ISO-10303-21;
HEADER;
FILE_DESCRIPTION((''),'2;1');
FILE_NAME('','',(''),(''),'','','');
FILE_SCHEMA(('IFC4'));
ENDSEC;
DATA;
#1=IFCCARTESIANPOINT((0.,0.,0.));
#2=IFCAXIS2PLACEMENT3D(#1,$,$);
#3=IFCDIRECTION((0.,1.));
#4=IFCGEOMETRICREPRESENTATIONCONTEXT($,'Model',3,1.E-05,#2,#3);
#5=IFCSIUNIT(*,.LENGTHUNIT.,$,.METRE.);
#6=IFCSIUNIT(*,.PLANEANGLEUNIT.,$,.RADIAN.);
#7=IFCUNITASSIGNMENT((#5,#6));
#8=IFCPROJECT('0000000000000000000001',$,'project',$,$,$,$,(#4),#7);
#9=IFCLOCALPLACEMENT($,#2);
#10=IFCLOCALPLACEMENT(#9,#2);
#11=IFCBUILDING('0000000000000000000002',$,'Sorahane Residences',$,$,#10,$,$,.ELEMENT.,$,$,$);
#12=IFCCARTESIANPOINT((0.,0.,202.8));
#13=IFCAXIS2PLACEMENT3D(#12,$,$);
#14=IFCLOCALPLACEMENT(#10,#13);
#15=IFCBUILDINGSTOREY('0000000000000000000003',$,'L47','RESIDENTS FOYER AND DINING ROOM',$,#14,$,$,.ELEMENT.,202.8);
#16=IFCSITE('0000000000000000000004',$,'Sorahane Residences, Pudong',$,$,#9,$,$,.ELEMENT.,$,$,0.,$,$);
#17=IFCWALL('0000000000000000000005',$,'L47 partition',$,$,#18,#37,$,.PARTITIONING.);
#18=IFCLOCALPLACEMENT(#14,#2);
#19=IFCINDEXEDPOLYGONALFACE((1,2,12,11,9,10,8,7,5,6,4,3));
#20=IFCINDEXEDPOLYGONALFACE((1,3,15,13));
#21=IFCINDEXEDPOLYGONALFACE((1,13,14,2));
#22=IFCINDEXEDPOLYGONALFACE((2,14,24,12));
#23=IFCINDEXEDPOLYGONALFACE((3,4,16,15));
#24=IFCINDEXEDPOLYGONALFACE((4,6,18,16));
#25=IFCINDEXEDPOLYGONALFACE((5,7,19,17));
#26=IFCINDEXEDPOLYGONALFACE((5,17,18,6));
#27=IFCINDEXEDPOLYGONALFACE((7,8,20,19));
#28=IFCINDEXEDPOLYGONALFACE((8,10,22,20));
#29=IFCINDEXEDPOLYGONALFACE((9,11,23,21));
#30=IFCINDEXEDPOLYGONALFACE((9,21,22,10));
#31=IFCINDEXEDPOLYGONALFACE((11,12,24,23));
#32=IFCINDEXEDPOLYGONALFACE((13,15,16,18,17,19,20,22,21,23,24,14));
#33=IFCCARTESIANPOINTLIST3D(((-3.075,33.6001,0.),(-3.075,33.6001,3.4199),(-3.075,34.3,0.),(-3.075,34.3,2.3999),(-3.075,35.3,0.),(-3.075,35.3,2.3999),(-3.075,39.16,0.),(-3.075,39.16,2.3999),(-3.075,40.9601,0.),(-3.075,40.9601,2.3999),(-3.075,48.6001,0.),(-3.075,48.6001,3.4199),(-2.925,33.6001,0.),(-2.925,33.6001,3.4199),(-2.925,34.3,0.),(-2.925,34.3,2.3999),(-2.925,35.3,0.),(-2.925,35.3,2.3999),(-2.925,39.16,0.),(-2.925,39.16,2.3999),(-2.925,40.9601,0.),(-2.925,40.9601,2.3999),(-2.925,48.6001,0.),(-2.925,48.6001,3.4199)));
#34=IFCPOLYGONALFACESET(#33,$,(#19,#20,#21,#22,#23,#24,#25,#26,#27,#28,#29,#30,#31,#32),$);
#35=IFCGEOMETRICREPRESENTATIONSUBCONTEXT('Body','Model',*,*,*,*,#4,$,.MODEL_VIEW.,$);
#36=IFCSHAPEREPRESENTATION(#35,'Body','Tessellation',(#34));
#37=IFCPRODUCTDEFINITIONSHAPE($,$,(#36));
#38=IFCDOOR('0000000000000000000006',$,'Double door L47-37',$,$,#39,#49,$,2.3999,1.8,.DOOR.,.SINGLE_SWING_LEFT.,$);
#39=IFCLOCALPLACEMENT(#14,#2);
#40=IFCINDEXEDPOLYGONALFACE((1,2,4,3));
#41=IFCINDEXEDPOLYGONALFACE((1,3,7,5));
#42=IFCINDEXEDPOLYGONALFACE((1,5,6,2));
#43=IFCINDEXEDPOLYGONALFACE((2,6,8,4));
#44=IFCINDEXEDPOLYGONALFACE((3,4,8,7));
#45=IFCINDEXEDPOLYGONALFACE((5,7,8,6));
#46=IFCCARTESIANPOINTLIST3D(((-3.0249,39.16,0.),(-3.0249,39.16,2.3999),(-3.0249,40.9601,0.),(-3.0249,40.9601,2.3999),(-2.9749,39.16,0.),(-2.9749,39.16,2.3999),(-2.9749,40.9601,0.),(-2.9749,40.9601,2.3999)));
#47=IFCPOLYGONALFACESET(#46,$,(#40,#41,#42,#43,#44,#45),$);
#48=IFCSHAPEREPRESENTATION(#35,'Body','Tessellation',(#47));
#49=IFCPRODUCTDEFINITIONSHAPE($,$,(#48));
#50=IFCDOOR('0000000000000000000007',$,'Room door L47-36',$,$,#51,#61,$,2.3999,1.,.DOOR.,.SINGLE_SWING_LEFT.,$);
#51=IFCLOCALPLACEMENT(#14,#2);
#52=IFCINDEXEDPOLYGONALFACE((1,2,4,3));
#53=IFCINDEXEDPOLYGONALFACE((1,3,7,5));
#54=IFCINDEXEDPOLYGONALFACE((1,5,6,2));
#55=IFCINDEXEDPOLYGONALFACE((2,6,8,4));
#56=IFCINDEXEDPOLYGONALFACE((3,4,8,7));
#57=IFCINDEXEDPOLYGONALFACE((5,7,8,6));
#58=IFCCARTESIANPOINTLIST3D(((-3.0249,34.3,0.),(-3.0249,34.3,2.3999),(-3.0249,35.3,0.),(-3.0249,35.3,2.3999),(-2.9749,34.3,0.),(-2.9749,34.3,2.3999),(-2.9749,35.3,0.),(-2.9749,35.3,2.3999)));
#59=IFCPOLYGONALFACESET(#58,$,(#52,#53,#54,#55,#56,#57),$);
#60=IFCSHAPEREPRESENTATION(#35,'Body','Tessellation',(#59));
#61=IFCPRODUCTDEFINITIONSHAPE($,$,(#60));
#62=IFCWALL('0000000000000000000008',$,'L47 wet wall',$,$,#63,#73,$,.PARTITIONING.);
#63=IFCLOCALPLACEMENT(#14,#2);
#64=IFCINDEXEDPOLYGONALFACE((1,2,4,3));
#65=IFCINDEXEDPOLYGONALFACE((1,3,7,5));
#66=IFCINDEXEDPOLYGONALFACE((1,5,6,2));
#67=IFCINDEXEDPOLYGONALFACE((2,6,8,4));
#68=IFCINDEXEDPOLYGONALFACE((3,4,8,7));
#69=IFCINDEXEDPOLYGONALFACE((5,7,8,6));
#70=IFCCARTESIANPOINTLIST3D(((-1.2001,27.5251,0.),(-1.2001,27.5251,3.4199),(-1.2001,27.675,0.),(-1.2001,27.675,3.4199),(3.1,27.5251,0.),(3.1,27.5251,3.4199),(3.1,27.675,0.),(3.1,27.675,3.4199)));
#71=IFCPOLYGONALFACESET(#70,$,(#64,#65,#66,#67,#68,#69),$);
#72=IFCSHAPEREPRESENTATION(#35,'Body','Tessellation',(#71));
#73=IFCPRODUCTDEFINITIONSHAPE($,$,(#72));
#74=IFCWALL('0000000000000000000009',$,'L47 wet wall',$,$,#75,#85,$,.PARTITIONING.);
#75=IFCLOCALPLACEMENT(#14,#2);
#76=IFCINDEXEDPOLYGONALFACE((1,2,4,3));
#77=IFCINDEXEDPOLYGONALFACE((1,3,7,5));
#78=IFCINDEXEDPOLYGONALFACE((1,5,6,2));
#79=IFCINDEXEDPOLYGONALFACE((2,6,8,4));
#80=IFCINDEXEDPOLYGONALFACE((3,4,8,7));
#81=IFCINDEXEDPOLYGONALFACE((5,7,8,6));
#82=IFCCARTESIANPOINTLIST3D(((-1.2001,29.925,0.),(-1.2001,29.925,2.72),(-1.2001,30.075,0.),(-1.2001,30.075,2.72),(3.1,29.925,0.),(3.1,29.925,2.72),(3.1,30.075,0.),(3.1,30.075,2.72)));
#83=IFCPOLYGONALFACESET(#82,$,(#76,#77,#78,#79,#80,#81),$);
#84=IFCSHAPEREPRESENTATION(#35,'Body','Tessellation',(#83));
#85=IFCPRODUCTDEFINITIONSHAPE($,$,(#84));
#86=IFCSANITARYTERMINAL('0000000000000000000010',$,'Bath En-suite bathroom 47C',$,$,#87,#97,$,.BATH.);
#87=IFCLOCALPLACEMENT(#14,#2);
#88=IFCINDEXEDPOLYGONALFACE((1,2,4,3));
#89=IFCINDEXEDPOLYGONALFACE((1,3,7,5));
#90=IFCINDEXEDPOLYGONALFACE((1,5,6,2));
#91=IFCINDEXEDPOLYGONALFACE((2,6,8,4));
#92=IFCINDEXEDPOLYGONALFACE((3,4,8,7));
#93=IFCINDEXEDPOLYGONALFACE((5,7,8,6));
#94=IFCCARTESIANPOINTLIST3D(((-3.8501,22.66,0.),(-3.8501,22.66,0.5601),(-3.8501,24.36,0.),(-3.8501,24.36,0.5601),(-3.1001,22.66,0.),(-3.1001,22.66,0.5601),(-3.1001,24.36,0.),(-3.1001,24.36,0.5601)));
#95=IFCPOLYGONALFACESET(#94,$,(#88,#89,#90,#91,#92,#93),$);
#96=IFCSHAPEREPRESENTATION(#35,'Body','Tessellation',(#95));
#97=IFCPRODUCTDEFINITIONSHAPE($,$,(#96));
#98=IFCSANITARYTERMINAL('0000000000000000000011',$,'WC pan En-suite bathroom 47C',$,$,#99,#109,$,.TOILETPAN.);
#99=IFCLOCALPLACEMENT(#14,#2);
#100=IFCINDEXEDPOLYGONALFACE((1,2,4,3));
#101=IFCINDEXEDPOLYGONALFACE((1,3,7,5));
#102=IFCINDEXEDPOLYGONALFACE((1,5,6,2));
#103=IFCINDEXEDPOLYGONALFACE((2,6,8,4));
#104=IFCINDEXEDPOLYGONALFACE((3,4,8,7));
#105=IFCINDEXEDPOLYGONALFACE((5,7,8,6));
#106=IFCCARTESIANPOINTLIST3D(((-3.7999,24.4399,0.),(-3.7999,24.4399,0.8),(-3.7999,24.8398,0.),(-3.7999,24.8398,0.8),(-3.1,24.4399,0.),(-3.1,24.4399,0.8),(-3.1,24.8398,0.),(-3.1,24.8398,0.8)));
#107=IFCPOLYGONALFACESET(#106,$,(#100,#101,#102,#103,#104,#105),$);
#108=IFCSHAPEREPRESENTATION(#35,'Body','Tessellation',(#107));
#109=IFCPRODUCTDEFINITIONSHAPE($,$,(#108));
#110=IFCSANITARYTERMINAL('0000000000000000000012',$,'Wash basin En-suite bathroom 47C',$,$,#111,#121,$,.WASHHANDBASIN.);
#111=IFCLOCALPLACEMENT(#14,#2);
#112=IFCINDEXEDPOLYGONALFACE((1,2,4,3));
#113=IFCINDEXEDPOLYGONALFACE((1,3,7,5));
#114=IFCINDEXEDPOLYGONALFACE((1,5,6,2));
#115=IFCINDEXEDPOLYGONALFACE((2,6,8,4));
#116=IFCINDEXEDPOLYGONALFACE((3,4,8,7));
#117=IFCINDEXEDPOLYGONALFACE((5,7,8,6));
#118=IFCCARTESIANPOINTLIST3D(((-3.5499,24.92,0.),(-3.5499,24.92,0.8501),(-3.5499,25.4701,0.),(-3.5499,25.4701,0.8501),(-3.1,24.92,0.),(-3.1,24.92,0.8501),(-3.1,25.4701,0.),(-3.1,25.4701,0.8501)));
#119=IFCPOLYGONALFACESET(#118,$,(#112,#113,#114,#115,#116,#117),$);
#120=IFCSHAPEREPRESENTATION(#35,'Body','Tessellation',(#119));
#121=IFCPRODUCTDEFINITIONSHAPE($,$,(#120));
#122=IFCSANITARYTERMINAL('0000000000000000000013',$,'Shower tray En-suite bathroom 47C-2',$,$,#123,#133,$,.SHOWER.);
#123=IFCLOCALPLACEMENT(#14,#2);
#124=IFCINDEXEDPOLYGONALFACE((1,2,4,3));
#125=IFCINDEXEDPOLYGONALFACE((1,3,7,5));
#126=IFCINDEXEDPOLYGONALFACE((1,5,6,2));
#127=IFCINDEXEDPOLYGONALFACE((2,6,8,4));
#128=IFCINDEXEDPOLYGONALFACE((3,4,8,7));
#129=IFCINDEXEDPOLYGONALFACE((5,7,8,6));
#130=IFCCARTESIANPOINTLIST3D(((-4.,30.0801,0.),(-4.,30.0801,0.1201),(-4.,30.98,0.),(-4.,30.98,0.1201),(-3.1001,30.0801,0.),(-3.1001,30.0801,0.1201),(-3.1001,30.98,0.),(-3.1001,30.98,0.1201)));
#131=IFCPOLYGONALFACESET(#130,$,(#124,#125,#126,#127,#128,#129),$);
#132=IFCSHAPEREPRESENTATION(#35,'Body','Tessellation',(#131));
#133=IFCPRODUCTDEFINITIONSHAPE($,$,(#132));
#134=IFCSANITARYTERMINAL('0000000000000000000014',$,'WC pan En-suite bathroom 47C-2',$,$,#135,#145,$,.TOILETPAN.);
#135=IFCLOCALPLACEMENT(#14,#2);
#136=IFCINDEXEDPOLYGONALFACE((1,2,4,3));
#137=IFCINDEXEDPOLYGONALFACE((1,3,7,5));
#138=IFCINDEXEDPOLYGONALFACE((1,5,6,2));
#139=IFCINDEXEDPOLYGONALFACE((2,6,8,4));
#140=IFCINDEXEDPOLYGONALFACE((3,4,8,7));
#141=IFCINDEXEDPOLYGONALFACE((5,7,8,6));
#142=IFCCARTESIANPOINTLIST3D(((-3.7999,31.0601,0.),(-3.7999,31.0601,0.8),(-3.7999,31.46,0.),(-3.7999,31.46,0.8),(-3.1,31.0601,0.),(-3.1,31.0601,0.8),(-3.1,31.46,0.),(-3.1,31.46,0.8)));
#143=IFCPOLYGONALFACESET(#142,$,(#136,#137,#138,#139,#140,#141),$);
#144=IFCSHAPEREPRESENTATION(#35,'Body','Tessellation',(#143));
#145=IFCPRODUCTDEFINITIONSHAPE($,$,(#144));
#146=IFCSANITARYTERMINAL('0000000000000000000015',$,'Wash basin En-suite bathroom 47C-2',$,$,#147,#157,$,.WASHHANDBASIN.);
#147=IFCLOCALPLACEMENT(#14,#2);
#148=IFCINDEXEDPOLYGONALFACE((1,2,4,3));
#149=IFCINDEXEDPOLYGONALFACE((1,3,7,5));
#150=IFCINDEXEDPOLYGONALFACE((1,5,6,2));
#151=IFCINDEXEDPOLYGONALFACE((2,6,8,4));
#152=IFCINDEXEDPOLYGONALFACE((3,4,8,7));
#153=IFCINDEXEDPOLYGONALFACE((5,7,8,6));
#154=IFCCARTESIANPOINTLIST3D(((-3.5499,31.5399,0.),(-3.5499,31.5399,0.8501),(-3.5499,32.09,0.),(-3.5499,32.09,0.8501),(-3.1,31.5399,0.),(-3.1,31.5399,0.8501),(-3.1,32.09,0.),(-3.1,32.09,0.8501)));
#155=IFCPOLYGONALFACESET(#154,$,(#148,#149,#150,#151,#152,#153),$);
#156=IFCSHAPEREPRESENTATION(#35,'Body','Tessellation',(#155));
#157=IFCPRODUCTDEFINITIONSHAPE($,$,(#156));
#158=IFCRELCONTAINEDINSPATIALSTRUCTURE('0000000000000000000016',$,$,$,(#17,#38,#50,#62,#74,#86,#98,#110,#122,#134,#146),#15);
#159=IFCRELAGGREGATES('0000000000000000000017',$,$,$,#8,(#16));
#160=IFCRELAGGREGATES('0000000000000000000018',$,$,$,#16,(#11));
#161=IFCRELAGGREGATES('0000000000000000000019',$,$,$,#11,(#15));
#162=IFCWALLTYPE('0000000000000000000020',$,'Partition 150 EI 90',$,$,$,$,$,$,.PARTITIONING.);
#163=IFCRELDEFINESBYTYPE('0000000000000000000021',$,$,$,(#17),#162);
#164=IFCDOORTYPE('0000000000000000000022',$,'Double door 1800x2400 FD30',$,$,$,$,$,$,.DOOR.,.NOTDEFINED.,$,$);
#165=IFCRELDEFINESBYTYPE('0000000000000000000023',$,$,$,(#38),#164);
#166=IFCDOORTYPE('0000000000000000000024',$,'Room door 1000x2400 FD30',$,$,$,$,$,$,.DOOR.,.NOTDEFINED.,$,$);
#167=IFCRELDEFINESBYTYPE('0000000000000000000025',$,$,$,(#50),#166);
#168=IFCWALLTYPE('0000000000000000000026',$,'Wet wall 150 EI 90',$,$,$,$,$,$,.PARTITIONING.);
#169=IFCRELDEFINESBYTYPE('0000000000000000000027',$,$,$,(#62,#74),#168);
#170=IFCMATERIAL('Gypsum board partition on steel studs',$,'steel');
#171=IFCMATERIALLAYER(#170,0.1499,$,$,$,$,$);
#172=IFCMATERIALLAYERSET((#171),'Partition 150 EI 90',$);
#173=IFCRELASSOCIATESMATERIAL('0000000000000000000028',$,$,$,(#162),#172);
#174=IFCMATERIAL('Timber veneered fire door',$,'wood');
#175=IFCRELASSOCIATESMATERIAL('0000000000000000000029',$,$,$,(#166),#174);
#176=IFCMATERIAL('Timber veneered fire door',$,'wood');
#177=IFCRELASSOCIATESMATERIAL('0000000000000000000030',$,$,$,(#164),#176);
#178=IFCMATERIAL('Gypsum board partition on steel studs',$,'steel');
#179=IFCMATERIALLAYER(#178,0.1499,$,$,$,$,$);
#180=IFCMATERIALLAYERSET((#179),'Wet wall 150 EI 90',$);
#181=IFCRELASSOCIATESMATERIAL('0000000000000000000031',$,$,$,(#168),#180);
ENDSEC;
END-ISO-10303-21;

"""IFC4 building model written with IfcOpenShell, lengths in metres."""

from ifc_helpers import new_model, si_unit, direction, frame, frame_2d, origin, origin_2d, place, context, subcontext, project, spatial, rectangle, extrude, material, layer, layer_set, type_object, element, fill, save


model = new_model("IFC4")

# Units and contexts
model_context = context("Model", 3, precision=1e-05, world=origin(), true_north=direction((0.0, 1.0)))
body_context = subcontext(model_context, "Body", "Model", "MODEL_VIEW")
ifc_project = project(units=[si_unit("LENGTHUNIT", "METRE"), si_unit("PLANEANGLEUNIT", "RADIAN")], contexts=[model_context])

# Site, building, storey
site_placement = place(None, origin())
site = spatial("IfcSite", under=ifc_project, at=site_placement, Name="Sorahane Residences, Pudong", CompositionType="ELEMENT", RefElevation=0.0)
building_placement = place(site_placement, origin())
building = spatial("IfcBuilding", under=site, at=building_placement, Name="Sorahane Residences", CompositionType="ELEMENT")
storey_placement = place(building_placement, frame((0.0, 0.0, 202.8)))
storey = spatial("IfcBuildingStorey", under=building, at=storey_placement, Name="L47", Description="RESIDENTS FOYER AND DINING ROOM", CompositionType="ELEMENT", Elevation=202.8)

# Wall, openings, doors
ifc_material_1 = material(Name="Gypsum board partition on steel studs", Category="steel")
ifc_layer_1 = layer(ifc_material_1, 0.1499)
ifc_layer_set_1 = layer_set([ifc_layer_1], Name="Partition 150 EI 90")
wall_type_1 = type_object("IfcWallType", Name="Partition 150 EI 90", PredefinedType="PARTITIONING", material=ifc_layer_set_1)
ifc_material_2 = material(Name="Timber veneered fire door", Category="wood")
door_type_1 = type_object("IfcDoorType", Name="Room door 1000x2400 FD30", OperationType="NOTDEFINED", PredefinedType="DOOR", material=ifc_material_2)
wall_1_placement = place(storey_placement, frame((-3.0, 33.6001, 0.0), z_axis=(0.0, 0.0, 1.0), x_axis=(0.0, 1.0, 0.0)))
wall_1 = element("IfcWall", 1, at=wall_1_placement, inside=storey, type_object=wall_type_1, Name="L47 partition", PredefinedType="PARTITIONING", context=body_context, shape_type="SweptSolid", body=[
    extrude(rectangle(XDim=15.0, YDim=0.1499, at=frame_2d((7.5, 0.0))), origin(), (0.0, 0.0, 1.0), 3.4199),
])
opening_1_placement = place(wall_1_placement, frame((0.7, 0.0, 0.0)))
opening_1 = element("IfcOpeningElement", 2, at=opening_1_placement, cuts=wall_1, PredefinedType="OPENING", context=body_context, shape_type="SweptSolid", body=[
    extrude(rectangle(XDim=1.0, YDim=2.3999, at=frame_2d((0.5, 1.2))), frame((0.0, 0.085, 0.0), z_axis=(0.0, -1.0, 0.0), x_axis=(1.0, 0.0, 0.0)), (0.0, 0.0, 1.0), 0.1699),
])
opening_2_placement = place(wall_1_placement, frame((5.5601, 0.0, 0.0)))
opening_2 = element("IfcOpeningElement", 3, at=opening_2_placement, cuts=wall_1, PredefinedType="OPENING", context=body_context, shape_type="SweptSolid", body=[
    extrude(rectangle(XDim=1.8, YDim=2.3999, at=frame_2d((0.8999, 1.2))), frame((0.0, 0.085, 0.0), z_axis=(0.0, -1.0, 0.0), x_axis=(1.0, 0.0, 0.0)), (0.0, 0.0, 1.0), 0.1699),
])
ifc_material_3 = material(Name="Timber veneered fire door", Category="wood")
door_type_2 = type_object("IfcDoorType", Name="Double door 1800x2400 FD30", OperationType="NOTDEFINED", PredefinedType="DOOR", material=ifc_material_3)
door_1_placement = place(opening_2_placement, origin())
door_1 = element("IfcDoor", 4, at=door_1_placement, inside=storey, type_object=door_type_2, Name="Double door L47-37", OperationType="SINGLE_SWING_LEFT", OverallHeight=2.3999, OverallWidth=1.8, PredefinedType="DOOR", context=body_context, shape_type="SweptSolid", body=[
    extrude(rectangle(XDim=1.8, YDim=2.3999, at=frame_2d((0.8999, 1.2))), frame((0.0, 0.0249, 0.0), z_axis=(0.0, -1.0, 0.0), x_axis=(1.0, 0.0, 0.0)), (0.0, 0.0, 1.0), 0.05),
])
fill(opening_2, door_1)
door_2_placement = place(opening_1_placement, origin())
door_2 = element("IfcDoor", 5, at=door_2_placement, inside=storey, type_object=door_type_1, Name="Room door L47-36", OperationType="SINGLE_SWING_LEFT", OverallHeight=2.3999, OverallWidth=1.0, PredefinedType="DOOR", context=body_context, shape_type="SweptSolid", body=[
    extrude(rectangle(XDim=1.0, YDim=2.3999, at=frame_2d((0.5, 1.2))), frame((0.0, 0.0249, 0.0), z_axis=(0.0, -1.0, 0.0), x_axis=(1.0, 0.0, 0.0)), (0.0, 0.0, 1.0), 0.05),
])
fill(opening_1, door_2)

# Shared definitions
ifc_material_4 = material(Name="Gypsum board partition on steel studs", Category="steel")
ifc_layer_2 = layer(ifc_material_4, 0.1499)
ifc_layer_set_2 = layer_set([ifc_layer_2], Name="Wet wall 150 EI 90")
wall_type_2 = type_object("IfcWallType", Name="Wet wall 150 EI 90", PredefinedType="PARTITIONING", material=ifc_layer_set_2)

# Walls
wall_2_placement = place(storey_placement, frame((-1.2, 27.6001, 0.0), z_axis=(0.0, 0.0, 1.0), x_axis=(1.0, 0.0, 0.0)))
element("IfcWall", 6, at=wall_2_placement, inside=storey, type_object=wall_type_2, Name="L47 wet wall", PredefinedType="PARTITIONING", context=body_context, shape_type="SweptSolid", body=[
    extrude(rectangle(XDim=4.3, YDim=0.1499, at=frame_2d((2.1499, 0.0))), origin(), (0.0, 0.0, 1.0), 3.4199),
])
wall_3_placement = place(storey_placement, frame((-1.2, 30.0, 0.0), z_axis=(0.0, 0.0, 1.0), x_axis=(1.0, 0.0, 0.0)))
element("IfcWall", 7, at=wall_3_placement, inside=storey, type_object=wall_type_2, Name="L47 wet wall", PredefinedType="PARTITIONING", context=body_context, shape_type="SweptSolid", body=[
    extrude(rectangle(XDim=4.3, YDim=0.1499, at=frame_2d((2.1499, 0.0))), origin(), (0.0, 0.0, 1.0), 2.72),
])

# Sanitary terminals
sanitary_terminal_1_placement = place(storey_placement, frame((-3.4751, 23.51, 0.0), z_axis=(0.0, 0.0, 1.0), x_axis=(0.0, -1.0, 0.0)))
element("IfcSanitaryTerminal", 8, at=sanitary_terminal_1_placement, inside=storey, Name="Bath En-suite bathroom 47C", PredefinedType="BATH", context=body_context, shape_type="SweptSolid", body=[
    extrude(rectangle(XDim=1.7, YDim=0.75, at=origin_2d()), origin(), (0.0, 0.0, 1.0), 0.5601),
])
sanitary_terminal_2_placement = place(storey_placement, frame((-3.45, 24.6399, 0.0), z_axis=(0.0, 0.0, 1.0), x_axis=(0.0, -1.0, 0.0)))
element("IfcSanitaryTerminal", 9, at=sanitary_terminal_2_placement, inside=storey, Name="WC pan En-suite bathroom 47C", PredefinedType="TOILETPAN", context=body_context, shape_type="SweptSolid", body=[
    extrude(rectangle(XDim=0.3999, YDim=0.7, at=origin_2d()), origin(), (0.0, 0.0, 1.0), 0.8),
])
sanitary_terminal_3_placement = place(storey_placement, frame((-3.325, 25.1951, 0.0), z_axis=(0.0, 0.0, 1.0), x_axis=(0.0, -1.0, 0.0)))
element("IfcSanitaryTerminal", 10, at=sanitary_terminal_3_placement, inside=storey, Name="Wash basin En-suite bathroom 47C", PredefinedType="WASHHANDBASIN", context=body_context, shape_type="SweptSolid", body=[
    extrude(rectangle(XDim=0.55, YDim=0.45, at=origin_2d()), origin(), (0.0, 0.0, 1.0), 0.8501),
])
sanitary_terminal_4_placement = place(storey_placement, frame((-3.55, 30.53, 0.0), z_axis=(0.0, 0.0, 1.0), x_axis=(0.0, -1.0, 0.0)))
element("IfcSanitaryTerminal", 11, at=sanitary_terminal_4_placement, inside=storey, Name="Shower tray En-suite bathroom 47C-2", PredefinedType="SHOWER", context=body_context, shape_type="SweptSolid", body=[
    extrude(rectangle(XDim=0.8999, YDim=0.8999, at=origin_2d()), origin(), (0.0, 0.0, 1.0), 0.1201),
])
sanitary_terminal_5_placement = place(storey_placement, frame((-3.45, 31.26, 0.0), z_axis=(0.0, 0.0, 1.0), x_axis=(0.0, -1.0, 0.0)))
element("IfcSanitaryTerminal", 12, at=sanitary_terminal_5_placement, inside=storey, Name="WC pan En-suite bathroom 47C-2", PredefinedType="TOILETPAN", context=body_context, shape_type="SweptSolid", body=[
    extrude(rectangle(XDim=0.3999, YDim=0.7, at=origin_2d()), origin(), (0.0, 0.0, 1.0), 0.8),
])
sanitary_terminal_6_placement = place(storey_placement, frame((-3.325, 31.8149, 0.0), z_axis=(0.0, 0.0, 1.0), x_axis=(0.0, -1.0, 0.0)))
element("IfcSanitaryTerminal", 13, at=sanitary_terminal_6_placement, inside=storey, Name="Wash basin En-suite bathroom 47C-2", PredefinedType="WASHHANDBASIN", context=body_context, shape_type="SweptSolid", body=[
    extrude(rectangle(XDim=0.55, YDim=0.45, at=origin_2d()), origin(), (0.0, 0.0, 1.0), 0.8501),
])

save(model, "model.ifc")
